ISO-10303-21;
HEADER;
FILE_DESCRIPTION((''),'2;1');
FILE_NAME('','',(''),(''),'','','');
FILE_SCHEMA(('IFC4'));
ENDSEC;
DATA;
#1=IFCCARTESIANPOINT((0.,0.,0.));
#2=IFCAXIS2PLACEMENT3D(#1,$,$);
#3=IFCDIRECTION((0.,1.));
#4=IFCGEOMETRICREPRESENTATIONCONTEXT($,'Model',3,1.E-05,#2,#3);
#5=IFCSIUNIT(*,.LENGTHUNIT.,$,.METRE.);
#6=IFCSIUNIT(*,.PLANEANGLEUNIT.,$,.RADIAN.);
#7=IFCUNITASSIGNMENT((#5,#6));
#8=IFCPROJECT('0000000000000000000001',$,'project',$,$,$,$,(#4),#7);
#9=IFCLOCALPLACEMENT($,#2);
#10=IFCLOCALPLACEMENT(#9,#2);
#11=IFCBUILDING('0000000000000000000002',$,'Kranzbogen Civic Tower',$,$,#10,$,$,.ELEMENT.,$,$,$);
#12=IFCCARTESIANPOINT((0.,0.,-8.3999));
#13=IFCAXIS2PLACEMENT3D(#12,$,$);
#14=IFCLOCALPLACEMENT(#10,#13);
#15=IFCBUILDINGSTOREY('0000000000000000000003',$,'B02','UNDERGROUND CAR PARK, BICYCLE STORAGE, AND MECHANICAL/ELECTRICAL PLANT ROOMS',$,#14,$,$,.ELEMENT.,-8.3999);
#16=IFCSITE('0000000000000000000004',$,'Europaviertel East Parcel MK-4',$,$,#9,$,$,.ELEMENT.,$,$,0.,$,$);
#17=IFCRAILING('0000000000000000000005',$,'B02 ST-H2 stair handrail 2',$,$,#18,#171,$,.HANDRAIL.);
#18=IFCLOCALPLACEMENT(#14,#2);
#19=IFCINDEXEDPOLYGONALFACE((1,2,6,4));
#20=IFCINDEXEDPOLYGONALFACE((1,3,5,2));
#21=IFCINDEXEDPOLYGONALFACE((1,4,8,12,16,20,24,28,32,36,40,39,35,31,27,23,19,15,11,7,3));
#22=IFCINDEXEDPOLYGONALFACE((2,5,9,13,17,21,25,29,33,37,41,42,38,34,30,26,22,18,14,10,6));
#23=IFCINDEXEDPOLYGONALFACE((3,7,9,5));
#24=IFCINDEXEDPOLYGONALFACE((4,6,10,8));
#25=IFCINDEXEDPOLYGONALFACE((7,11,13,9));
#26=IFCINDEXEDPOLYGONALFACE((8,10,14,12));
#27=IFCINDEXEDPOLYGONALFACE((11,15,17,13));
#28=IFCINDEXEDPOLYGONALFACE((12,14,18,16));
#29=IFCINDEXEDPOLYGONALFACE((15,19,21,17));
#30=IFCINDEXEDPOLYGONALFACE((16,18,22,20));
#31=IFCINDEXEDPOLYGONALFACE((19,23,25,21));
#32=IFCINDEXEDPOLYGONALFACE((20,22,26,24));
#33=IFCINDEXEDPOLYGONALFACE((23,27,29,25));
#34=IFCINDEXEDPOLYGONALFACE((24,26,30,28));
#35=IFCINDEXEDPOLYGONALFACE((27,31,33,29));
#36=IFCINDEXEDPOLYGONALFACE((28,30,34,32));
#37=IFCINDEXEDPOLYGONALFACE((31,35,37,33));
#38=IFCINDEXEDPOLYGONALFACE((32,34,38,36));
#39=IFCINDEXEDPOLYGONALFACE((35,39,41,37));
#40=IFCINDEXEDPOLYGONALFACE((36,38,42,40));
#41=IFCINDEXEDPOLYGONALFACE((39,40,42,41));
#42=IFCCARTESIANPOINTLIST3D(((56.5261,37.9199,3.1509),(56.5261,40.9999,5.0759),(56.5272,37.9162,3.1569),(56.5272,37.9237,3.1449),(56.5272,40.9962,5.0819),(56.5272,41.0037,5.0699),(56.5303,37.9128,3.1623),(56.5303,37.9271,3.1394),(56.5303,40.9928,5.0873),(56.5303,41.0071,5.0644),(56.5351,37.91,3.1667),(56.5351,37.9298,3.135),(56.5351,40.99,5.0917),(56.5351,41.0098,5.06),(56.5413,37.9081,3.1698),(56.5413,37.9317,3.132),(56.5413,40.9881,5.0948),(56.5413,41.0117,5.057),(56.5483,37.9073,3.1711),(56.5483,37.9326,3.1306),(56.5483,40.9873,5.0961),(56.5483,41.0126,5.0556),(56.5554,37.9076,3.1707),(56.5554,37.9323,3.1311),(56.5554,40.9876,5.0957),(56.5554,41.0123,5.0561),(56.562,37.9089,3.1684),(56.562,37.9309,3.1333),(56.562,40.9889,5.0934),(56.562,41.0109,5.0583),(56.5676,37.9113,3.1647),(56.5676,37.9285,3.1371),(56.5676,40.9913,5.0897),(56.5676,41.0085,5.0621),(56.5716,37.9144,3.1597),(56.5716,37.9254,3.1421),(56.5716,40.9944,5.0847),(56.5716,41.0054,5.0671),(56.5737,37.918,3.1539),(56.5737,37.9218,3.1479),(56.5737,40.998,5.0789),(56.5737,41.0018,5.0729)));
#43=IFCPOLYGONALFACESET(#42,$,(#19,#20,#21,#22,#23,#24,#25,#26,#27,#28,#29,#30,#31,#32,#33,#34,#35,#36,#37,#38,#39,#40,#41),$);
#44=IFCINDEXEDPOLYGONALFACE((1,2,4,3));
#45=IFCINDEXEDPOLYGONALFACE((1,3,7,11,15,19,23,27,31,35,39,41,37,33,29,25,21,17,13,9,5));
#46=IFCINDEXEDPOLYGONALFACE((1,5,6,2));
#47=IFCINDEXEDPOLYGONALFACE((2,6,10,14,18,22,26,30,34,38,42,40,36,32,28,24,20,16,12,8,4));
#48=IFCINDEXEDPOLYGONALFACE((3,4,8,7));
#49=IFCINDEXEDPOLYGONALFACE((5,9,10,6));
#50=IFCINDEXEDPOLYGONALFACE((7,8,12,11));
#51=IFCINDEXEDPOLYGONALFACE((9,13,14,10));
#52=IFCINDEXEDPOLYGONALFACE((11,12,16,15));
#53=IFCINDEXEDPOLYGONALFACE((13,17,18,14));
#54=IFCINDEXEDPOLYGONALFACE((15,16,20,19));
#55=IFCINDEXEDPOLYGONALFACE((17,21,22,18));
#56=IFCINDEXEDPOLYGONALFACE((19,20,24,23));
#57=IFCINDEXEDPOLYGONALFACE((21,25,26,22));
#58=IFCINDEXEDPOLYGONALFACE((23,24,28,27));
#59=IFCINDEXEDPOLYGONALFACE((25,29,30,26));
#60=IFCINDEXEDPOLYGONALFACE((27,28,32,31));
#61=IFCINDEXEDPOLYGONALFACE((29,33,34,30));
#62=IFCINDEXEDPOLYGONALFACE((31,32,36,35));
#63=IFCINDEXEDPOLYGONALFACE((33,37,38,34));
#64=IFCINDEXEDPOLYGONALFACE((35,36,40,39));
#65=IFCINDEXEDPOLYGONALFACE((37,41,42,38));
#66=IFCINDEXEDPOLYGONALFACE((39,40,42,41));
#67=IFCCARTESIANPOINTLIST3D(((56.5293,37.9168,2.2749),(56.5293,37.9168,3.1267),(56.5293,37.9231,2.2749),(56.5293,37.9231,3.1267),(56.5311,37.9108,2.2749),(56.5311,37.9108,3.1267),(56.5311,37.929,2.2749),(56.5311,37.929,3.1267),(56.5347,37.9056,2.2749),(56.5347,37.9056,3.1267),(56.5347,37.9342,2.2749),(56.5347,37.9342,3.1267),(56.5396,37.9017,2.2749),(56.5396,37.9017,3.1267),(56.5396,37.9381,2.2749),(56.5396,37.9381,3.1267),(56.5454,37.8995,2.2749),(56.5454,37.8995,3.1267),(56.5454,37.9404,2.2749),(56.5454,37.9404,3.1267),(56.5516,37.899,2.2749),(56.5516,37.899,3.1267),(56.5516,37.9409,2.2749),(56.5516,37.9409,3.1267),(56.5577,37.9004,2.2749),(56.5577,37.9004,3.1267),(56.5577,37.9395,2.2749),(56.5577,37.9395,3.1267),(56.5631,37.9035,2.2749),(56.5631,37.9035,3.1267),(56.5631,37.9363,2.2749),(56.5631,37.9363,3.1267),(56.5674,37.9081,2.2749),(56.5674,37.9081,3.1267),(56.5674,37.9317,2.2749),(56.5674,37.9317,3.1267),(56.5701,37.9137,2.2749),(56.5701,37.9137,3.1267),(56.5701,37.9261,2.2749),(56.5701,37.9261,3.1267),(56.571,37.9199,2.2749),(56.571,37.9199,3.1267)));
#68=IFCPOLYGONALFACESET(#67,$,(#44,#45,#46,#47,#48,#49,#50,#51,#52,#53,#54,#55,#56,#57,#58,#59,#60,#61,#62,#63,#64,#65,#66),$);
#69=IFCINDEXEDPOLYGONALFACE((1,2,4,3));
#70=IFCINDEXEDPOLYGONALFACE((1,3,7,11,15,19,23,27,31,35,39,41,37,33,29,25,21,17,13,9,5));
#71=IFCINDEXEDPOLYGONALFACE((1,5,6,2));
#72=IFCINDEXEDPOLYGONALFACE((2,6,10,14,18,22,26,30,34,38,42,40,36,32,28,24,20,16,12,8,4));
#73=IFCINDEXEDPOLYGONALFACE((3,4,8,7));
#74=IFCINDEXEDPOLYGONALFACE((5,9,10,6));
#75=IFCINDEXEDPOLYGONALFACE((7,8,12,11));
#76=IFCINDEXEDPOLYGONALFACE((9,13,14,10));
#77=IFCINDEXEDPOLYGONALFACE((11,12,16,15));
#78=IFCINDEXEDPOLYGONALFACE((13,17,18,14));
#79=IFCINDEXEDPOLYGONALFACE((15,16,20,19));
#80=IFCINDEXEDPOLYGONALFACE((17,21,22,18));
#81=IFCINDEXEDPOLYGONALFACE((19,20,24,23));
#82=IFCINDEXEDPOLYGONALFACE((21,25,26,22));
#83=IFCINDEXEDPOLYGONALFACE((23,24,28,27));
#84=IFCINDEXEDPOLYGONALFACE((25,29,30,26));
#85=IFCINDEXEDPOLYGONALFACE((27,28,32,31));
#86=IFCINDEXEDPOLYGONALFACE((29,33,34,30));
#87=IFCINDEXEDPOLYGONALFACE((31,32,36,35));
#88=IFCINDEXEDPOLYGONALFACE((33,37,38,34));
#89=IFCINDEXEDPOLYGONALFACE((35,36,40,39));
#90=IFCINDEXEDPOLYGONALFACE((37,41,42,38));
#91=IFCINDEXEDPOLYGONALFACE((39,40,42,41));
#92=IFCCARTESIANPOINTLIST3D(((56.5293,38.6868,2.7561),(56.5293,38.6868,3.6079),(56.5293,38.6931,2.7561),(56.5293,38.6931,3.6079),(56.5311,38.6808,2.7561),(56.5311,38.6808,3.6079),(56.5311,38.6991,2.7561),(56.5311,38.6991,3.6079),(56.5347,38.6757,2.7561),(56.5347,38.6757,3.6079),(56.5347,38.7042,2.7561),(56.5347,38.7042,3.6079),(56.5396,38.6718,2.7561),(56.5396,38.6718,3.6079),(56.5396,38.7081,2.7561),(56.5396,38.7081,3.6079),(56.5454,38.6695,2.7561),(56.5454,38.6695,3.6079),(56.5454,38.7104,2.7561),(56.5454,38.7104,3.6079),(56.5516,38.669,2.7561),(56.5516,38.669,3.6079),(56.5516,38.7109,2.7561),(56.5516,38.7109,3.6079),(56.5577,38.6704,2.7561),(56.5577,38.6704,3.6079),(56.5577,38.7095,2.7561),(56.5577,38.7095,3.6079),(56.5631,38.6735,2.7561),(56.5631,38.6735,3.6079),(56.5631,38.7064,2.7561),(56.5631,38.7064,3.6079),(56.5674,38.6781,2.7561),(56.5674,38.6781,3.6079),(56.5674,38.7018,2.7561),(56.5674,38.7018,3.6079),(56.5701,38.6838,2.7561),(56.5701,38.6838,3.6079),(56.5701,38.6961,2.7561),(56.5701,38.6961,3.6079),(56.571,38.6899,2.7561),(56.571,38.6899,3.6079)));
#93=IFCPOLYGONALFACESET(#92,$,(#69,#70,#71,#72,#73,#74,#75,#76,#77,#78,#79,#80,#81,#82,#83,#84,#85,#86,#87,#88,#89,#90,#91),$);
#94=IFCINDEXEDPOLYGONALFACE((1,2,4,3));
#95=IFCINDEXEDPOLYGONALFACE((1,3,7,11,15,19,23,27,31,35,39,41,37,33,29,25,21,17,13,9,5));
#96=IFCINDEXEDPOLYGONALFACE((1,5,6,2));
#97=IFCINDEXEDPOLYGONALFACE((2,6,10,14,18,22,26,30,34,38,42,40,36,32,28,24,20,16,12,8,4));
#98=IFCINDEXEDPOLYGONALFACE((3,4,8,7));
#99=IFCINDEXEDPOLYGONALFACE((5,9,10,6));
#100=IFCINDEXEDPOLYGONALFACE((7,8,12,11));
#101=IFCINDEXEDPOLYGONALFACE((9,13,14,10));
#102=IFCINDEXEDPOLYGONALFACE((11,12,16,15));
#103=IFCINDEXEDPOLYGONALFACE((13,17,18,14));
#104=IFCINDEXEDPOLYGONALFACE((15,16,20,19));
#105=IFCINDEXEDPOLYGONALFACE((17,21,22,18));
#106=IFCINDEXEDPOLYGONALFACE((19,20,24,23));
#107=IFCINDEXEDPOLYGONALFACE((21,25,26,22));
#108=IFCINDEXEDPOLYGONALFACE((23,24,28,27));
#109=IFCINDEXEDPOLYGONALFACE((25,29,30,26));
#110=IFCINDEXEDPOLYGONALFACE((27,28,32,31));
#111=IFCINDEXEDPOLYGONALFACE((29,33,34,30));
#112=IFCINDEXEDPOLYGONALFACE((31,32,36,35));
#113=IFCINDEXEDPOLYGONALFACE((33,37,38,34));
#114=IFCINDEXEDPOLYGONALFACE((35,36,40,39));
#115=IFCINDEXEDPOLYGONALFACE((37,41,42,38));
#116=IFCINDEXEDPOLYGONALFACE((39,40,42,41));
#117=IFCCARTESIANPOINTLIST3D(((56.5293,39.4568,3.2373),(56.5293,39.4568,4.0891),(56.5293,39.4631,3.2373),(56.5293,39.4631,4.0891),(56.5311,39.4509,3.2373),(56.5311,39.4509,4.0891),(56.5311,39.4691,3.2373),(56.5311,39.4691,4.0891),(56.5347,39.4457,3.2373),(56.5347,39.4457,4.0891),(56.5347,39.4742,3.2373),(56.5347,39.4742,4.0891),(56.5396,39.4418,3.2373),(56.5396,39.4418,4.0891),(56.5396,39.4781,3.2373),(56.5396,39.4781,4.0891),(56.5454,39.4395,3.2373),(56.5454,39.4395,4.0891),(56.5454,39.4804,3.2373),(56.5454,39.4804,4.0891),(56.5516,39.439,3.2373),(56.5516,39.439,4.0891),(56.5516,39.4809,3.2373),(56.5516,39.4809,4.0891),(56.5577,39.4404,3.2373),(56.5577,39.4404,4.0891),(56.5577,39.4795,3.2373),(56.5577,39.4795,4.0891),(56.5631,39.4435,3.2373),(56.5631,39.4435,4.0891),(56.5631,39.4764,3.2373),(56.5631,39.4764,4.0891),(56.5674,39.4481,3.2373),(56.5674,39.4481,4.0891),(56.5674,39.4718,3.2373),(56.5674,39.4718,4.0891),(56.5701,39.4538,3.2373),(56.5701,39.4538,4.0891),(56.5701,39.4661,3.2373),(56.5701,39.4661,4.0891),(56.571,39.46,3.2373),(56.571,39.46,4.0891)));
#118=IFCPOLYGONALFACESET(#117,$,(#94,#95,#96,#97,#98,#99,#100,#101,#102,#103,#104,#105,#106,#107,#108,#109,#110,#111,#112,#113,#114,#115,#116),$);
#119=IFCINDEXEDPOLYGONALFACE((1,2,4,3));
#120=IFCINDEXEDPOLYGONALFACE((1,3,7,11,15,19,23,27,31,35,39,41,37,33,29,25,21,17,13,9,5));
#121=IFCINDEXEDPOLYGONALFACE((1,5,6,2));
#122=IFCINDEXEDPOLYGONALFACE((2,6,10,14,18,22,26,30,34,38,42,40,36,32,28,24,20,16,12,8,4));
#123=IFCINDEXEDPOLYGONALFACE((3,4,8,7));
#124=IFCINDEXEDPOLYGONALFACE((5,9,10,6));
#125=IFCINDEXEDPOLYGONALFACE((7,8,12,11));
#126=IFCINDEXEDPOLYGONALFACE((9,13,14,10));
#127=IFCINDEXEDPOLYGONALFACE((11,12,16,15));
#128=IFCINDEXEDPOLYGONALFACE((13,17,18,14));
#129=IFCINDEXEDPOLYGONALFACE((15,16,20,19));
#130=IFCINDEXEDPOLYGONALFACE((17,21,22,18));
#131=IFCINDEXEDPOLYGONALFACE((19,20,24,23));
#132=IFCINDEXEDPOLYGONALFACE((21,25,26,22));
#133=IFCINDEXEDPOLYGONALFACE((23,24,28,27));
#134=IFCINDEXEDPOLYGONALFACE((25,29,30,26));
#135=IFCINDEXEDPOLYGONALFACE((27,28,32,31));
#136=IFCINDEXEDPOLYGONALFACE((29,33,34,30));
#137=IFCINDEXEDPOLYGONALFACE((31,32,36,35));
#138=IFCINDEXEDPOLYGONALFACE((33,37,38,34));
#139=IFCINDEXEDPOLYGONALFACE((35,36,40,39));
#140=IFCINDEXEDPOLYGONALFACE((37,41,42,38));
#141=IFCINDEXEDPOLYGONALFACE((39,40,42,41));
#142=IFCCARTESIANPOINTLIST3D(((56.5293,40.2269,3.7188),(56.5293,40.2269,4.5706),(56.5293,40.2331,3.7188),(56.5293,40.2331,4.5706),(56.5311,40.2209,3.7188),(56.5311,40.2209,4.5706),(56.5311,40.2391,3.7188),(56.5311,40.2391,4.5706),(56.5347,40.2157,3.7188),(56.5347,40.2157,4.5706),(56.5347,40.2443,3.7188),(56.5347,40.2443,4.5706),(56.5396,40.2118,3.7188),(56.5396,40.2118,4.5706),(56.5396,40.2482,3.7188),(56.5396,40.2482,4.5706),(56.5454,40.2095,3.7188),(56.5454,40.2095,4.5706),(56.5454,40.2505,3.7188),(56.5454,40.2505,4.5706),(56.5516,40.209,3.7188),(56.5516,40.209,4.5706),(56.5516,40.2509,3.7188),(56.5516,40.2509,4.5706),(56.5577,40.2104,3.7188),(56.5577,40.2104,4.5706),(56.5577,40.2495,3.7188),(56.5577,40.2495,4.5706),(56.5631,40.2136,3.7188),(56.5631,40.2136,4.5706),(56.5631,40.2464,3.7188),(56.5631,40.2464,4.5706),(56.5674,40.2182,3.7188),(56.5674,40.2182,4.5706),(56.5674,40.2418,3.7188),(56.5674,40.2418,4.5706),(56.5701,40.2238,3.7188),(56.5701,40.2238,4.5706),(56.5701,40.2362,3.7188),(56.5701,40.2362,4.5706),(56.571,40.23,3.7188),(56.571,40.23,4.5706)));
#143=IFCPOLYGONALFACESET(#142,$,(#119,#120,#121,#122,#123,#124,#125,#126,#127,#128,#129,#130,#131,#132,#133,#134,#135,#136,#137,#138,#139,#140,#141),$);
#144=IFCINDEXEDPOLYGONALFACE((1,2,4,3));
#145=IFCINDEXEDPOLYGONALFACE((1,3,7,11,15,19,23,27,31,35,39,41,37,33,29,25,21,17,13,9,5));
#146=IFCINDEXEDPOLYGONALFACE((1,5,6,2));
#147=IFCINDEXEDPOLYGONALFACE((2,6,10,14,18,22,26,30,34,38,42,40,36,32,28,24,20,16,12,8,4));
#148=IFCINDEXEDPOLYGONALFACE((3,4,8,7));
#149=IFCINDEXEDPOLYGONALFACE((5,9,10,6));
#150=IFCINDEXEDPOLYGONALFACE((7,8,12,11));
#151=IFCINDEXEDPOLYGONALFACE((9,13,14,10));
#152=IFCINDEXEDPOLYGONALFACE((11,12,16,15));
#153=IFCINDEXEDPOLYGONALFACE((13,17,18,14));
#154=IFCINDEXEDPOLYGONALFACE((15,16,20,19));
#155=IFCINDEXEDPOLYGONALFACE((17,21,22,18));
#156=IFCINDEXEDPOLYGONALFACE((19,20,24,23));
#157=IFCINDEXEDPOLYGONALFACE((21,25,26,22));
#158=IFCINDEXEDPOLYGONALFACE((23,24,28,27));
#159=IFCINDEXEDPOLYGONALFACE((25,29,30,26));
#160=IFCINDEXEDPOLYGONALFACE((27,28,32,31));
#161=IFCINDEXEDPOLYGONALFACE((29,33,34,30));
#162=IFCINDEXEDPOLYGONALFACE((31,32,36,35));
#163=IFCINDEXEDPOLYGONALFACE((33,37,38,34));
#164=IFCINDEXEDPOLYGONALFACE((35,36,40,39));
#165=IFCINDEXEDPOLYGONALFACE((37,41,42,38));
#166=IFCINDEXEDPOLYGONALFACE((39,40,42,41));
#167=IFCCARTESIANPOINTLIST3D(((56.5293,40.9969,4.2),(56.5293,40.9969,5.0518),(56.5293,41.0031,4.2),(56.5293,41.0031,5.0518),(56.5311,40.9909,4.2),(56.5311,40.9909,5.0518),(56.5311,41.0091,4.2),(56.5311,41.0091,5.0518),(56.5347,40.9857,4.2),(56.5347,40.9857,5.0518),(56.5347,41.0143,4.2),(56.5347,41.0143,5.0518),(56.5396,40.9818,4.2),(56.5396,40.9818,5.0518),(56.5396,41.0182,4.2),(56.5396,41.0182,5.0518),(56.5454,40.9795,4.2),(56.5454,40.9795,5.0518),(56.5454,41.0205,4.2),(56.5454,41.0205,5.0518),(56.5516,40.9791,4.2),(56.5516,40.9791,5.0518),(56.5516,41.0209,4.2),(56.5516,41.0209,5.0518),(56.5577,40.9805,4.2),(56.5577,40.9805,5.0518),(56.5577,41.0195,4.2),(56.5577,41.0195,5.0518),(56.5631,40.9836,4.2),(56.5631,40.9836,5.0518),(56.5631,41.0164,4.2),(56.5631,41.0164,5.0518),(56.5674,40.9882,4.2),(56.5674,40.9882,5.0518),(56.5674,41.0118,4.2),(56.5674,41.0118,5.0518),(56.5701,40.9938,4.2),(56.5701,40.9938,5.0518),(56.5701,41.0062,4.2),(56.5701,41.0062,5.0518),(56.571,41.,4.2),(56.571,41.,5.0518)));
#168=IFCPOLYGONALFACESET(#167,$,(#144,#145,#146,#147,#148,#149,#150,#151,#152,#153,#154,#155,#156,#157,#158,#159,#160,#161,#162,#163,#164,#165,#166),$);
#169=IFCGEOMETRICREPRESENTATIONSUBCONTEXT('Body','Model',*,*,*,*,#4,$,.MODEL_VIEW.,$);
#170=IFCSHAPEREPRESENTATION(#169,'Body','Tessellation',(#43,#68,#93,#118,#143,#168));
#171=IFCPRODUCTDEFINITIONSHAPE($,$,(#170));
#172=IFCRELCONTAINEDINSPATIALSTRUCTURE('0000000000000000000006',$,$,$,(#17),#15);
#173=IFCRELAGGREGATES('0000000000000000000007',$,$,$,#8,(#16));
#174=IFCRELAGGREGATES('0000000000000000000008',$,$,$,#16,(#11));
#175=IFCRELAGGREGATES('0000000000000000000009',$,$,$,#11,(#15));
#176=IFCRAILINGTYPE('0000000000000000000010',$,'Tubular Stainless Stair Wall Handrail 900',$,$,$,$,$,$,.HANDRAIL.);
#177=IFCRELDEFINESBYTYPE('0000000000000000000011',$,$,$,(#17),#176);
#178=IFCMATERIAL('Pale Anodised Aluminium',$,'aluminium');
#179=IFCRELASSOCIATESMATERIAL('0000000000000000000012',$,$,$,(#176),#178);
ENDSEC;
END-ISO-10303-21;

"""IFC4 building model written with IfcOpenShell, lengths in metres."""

from ifc_helpers import new_model, si_unit, direction, frame, origin, origin_2d, place, context, subcontext, project, spatial, circle, extrude, material, type_object, element, save


model = new_model("IFC4")

# Units and contexts
model_context = context("Model", 3, precision=1e-05, world=origin(), true_north=direction((0.0, 1.0)))
body_context = subcontext(model_context, "Body", "Model", "MODEL_VIEW")
ifc_project = project(units=[si_unit("LENGTHUNIT", "METRE"), si_unit("PLANEANGLEUNIT", "RADIAN")], contexts=[model_context])

# Site, building, storey
site_placement = place(None, origin())
site = spatial("IfcSite", under=ifc_project, at=site_placement, Name="Europaviertel East Parcel MK-4", CompositionType="ELEMENT", RefElevation=0.0)
building_placement = place(site_placement, origin())
building = spatial("IfcBuilding", under=site, at=building_placement, Name="Kranzbogen Civic Tower", CompositionType="ELEMENT")
storey_placement = place(building_placement, frame((0.0, 0.0, -8.3999)))
storey = spatial("IfcBuildingStorey", under=building, at=storey_placement, Name="B02", Description="UNDERGROUND CAR PARK, BICYCLE STORAGE, AND MECHANICAL/ELECTRICAL PLANT ROOMS", CompositionType="ELEMENT", Elevation=-8.3999)

# Railing
ifc_material_1 = material(Name="Pale Anodised Aluminium", Category="aluminium")
railing_type_1 = type_object("IfcRailingType", Name="Tubular Stainless Stair Wall Handrail 900", PredefinedType="HANDRAIL", material=ifc_material_1)
railing_1_placement = place(storey_placement, frame((56.55, 37.9199, 2.2749)))
element("IfcRailing", 1, at=railing_1_placement, inside=storey, type_object=railing_type_1, Name="B02 ST-H2 stair handrail 2", PredefinedType="HANDRAIL", context=body_context, shape_type="SweptSolid", body=[
    extrude(circle(Radius=0.0239, at=origin_2d()), frame((0.0, 0.0, 0.876), z_axis=(0.0, 0.847998, 0.529999), x_axis=(-1.0, 0.0, 0.0)), (0.0, 0.0, 1.0), 3.6321),
    extrude(circle(Radius=0.021, at=origin_2d()), origin(), (0.0, 0.0, 1.0), 0.8518),
    extrude(circle(Radius=0.021, at=origin_2d()), frame((0.0, 0.77, 0.4812)), (0.0, 0.0, 1.0), 0.8518),
    extrude(circle(Radius=0.021, at=origin_2d()), frame((0.0, 1.54, 0.9624)), (0.0, 0.0, 1.0), 0.8518),
    extrude(circle(Radius=0.021, at=origin_2d()), frame((0.0, 2.3101, 1.4438)), (0.0, 0.0, 1.0), 0.8518),
    extrude(circle(Radius=0.021, at=origin_2d()), frame((0.0, 3.0801, 1.925)), (0.0, 0.0, 1.0), 0.8518),
])

save(model, "model.ifc")
